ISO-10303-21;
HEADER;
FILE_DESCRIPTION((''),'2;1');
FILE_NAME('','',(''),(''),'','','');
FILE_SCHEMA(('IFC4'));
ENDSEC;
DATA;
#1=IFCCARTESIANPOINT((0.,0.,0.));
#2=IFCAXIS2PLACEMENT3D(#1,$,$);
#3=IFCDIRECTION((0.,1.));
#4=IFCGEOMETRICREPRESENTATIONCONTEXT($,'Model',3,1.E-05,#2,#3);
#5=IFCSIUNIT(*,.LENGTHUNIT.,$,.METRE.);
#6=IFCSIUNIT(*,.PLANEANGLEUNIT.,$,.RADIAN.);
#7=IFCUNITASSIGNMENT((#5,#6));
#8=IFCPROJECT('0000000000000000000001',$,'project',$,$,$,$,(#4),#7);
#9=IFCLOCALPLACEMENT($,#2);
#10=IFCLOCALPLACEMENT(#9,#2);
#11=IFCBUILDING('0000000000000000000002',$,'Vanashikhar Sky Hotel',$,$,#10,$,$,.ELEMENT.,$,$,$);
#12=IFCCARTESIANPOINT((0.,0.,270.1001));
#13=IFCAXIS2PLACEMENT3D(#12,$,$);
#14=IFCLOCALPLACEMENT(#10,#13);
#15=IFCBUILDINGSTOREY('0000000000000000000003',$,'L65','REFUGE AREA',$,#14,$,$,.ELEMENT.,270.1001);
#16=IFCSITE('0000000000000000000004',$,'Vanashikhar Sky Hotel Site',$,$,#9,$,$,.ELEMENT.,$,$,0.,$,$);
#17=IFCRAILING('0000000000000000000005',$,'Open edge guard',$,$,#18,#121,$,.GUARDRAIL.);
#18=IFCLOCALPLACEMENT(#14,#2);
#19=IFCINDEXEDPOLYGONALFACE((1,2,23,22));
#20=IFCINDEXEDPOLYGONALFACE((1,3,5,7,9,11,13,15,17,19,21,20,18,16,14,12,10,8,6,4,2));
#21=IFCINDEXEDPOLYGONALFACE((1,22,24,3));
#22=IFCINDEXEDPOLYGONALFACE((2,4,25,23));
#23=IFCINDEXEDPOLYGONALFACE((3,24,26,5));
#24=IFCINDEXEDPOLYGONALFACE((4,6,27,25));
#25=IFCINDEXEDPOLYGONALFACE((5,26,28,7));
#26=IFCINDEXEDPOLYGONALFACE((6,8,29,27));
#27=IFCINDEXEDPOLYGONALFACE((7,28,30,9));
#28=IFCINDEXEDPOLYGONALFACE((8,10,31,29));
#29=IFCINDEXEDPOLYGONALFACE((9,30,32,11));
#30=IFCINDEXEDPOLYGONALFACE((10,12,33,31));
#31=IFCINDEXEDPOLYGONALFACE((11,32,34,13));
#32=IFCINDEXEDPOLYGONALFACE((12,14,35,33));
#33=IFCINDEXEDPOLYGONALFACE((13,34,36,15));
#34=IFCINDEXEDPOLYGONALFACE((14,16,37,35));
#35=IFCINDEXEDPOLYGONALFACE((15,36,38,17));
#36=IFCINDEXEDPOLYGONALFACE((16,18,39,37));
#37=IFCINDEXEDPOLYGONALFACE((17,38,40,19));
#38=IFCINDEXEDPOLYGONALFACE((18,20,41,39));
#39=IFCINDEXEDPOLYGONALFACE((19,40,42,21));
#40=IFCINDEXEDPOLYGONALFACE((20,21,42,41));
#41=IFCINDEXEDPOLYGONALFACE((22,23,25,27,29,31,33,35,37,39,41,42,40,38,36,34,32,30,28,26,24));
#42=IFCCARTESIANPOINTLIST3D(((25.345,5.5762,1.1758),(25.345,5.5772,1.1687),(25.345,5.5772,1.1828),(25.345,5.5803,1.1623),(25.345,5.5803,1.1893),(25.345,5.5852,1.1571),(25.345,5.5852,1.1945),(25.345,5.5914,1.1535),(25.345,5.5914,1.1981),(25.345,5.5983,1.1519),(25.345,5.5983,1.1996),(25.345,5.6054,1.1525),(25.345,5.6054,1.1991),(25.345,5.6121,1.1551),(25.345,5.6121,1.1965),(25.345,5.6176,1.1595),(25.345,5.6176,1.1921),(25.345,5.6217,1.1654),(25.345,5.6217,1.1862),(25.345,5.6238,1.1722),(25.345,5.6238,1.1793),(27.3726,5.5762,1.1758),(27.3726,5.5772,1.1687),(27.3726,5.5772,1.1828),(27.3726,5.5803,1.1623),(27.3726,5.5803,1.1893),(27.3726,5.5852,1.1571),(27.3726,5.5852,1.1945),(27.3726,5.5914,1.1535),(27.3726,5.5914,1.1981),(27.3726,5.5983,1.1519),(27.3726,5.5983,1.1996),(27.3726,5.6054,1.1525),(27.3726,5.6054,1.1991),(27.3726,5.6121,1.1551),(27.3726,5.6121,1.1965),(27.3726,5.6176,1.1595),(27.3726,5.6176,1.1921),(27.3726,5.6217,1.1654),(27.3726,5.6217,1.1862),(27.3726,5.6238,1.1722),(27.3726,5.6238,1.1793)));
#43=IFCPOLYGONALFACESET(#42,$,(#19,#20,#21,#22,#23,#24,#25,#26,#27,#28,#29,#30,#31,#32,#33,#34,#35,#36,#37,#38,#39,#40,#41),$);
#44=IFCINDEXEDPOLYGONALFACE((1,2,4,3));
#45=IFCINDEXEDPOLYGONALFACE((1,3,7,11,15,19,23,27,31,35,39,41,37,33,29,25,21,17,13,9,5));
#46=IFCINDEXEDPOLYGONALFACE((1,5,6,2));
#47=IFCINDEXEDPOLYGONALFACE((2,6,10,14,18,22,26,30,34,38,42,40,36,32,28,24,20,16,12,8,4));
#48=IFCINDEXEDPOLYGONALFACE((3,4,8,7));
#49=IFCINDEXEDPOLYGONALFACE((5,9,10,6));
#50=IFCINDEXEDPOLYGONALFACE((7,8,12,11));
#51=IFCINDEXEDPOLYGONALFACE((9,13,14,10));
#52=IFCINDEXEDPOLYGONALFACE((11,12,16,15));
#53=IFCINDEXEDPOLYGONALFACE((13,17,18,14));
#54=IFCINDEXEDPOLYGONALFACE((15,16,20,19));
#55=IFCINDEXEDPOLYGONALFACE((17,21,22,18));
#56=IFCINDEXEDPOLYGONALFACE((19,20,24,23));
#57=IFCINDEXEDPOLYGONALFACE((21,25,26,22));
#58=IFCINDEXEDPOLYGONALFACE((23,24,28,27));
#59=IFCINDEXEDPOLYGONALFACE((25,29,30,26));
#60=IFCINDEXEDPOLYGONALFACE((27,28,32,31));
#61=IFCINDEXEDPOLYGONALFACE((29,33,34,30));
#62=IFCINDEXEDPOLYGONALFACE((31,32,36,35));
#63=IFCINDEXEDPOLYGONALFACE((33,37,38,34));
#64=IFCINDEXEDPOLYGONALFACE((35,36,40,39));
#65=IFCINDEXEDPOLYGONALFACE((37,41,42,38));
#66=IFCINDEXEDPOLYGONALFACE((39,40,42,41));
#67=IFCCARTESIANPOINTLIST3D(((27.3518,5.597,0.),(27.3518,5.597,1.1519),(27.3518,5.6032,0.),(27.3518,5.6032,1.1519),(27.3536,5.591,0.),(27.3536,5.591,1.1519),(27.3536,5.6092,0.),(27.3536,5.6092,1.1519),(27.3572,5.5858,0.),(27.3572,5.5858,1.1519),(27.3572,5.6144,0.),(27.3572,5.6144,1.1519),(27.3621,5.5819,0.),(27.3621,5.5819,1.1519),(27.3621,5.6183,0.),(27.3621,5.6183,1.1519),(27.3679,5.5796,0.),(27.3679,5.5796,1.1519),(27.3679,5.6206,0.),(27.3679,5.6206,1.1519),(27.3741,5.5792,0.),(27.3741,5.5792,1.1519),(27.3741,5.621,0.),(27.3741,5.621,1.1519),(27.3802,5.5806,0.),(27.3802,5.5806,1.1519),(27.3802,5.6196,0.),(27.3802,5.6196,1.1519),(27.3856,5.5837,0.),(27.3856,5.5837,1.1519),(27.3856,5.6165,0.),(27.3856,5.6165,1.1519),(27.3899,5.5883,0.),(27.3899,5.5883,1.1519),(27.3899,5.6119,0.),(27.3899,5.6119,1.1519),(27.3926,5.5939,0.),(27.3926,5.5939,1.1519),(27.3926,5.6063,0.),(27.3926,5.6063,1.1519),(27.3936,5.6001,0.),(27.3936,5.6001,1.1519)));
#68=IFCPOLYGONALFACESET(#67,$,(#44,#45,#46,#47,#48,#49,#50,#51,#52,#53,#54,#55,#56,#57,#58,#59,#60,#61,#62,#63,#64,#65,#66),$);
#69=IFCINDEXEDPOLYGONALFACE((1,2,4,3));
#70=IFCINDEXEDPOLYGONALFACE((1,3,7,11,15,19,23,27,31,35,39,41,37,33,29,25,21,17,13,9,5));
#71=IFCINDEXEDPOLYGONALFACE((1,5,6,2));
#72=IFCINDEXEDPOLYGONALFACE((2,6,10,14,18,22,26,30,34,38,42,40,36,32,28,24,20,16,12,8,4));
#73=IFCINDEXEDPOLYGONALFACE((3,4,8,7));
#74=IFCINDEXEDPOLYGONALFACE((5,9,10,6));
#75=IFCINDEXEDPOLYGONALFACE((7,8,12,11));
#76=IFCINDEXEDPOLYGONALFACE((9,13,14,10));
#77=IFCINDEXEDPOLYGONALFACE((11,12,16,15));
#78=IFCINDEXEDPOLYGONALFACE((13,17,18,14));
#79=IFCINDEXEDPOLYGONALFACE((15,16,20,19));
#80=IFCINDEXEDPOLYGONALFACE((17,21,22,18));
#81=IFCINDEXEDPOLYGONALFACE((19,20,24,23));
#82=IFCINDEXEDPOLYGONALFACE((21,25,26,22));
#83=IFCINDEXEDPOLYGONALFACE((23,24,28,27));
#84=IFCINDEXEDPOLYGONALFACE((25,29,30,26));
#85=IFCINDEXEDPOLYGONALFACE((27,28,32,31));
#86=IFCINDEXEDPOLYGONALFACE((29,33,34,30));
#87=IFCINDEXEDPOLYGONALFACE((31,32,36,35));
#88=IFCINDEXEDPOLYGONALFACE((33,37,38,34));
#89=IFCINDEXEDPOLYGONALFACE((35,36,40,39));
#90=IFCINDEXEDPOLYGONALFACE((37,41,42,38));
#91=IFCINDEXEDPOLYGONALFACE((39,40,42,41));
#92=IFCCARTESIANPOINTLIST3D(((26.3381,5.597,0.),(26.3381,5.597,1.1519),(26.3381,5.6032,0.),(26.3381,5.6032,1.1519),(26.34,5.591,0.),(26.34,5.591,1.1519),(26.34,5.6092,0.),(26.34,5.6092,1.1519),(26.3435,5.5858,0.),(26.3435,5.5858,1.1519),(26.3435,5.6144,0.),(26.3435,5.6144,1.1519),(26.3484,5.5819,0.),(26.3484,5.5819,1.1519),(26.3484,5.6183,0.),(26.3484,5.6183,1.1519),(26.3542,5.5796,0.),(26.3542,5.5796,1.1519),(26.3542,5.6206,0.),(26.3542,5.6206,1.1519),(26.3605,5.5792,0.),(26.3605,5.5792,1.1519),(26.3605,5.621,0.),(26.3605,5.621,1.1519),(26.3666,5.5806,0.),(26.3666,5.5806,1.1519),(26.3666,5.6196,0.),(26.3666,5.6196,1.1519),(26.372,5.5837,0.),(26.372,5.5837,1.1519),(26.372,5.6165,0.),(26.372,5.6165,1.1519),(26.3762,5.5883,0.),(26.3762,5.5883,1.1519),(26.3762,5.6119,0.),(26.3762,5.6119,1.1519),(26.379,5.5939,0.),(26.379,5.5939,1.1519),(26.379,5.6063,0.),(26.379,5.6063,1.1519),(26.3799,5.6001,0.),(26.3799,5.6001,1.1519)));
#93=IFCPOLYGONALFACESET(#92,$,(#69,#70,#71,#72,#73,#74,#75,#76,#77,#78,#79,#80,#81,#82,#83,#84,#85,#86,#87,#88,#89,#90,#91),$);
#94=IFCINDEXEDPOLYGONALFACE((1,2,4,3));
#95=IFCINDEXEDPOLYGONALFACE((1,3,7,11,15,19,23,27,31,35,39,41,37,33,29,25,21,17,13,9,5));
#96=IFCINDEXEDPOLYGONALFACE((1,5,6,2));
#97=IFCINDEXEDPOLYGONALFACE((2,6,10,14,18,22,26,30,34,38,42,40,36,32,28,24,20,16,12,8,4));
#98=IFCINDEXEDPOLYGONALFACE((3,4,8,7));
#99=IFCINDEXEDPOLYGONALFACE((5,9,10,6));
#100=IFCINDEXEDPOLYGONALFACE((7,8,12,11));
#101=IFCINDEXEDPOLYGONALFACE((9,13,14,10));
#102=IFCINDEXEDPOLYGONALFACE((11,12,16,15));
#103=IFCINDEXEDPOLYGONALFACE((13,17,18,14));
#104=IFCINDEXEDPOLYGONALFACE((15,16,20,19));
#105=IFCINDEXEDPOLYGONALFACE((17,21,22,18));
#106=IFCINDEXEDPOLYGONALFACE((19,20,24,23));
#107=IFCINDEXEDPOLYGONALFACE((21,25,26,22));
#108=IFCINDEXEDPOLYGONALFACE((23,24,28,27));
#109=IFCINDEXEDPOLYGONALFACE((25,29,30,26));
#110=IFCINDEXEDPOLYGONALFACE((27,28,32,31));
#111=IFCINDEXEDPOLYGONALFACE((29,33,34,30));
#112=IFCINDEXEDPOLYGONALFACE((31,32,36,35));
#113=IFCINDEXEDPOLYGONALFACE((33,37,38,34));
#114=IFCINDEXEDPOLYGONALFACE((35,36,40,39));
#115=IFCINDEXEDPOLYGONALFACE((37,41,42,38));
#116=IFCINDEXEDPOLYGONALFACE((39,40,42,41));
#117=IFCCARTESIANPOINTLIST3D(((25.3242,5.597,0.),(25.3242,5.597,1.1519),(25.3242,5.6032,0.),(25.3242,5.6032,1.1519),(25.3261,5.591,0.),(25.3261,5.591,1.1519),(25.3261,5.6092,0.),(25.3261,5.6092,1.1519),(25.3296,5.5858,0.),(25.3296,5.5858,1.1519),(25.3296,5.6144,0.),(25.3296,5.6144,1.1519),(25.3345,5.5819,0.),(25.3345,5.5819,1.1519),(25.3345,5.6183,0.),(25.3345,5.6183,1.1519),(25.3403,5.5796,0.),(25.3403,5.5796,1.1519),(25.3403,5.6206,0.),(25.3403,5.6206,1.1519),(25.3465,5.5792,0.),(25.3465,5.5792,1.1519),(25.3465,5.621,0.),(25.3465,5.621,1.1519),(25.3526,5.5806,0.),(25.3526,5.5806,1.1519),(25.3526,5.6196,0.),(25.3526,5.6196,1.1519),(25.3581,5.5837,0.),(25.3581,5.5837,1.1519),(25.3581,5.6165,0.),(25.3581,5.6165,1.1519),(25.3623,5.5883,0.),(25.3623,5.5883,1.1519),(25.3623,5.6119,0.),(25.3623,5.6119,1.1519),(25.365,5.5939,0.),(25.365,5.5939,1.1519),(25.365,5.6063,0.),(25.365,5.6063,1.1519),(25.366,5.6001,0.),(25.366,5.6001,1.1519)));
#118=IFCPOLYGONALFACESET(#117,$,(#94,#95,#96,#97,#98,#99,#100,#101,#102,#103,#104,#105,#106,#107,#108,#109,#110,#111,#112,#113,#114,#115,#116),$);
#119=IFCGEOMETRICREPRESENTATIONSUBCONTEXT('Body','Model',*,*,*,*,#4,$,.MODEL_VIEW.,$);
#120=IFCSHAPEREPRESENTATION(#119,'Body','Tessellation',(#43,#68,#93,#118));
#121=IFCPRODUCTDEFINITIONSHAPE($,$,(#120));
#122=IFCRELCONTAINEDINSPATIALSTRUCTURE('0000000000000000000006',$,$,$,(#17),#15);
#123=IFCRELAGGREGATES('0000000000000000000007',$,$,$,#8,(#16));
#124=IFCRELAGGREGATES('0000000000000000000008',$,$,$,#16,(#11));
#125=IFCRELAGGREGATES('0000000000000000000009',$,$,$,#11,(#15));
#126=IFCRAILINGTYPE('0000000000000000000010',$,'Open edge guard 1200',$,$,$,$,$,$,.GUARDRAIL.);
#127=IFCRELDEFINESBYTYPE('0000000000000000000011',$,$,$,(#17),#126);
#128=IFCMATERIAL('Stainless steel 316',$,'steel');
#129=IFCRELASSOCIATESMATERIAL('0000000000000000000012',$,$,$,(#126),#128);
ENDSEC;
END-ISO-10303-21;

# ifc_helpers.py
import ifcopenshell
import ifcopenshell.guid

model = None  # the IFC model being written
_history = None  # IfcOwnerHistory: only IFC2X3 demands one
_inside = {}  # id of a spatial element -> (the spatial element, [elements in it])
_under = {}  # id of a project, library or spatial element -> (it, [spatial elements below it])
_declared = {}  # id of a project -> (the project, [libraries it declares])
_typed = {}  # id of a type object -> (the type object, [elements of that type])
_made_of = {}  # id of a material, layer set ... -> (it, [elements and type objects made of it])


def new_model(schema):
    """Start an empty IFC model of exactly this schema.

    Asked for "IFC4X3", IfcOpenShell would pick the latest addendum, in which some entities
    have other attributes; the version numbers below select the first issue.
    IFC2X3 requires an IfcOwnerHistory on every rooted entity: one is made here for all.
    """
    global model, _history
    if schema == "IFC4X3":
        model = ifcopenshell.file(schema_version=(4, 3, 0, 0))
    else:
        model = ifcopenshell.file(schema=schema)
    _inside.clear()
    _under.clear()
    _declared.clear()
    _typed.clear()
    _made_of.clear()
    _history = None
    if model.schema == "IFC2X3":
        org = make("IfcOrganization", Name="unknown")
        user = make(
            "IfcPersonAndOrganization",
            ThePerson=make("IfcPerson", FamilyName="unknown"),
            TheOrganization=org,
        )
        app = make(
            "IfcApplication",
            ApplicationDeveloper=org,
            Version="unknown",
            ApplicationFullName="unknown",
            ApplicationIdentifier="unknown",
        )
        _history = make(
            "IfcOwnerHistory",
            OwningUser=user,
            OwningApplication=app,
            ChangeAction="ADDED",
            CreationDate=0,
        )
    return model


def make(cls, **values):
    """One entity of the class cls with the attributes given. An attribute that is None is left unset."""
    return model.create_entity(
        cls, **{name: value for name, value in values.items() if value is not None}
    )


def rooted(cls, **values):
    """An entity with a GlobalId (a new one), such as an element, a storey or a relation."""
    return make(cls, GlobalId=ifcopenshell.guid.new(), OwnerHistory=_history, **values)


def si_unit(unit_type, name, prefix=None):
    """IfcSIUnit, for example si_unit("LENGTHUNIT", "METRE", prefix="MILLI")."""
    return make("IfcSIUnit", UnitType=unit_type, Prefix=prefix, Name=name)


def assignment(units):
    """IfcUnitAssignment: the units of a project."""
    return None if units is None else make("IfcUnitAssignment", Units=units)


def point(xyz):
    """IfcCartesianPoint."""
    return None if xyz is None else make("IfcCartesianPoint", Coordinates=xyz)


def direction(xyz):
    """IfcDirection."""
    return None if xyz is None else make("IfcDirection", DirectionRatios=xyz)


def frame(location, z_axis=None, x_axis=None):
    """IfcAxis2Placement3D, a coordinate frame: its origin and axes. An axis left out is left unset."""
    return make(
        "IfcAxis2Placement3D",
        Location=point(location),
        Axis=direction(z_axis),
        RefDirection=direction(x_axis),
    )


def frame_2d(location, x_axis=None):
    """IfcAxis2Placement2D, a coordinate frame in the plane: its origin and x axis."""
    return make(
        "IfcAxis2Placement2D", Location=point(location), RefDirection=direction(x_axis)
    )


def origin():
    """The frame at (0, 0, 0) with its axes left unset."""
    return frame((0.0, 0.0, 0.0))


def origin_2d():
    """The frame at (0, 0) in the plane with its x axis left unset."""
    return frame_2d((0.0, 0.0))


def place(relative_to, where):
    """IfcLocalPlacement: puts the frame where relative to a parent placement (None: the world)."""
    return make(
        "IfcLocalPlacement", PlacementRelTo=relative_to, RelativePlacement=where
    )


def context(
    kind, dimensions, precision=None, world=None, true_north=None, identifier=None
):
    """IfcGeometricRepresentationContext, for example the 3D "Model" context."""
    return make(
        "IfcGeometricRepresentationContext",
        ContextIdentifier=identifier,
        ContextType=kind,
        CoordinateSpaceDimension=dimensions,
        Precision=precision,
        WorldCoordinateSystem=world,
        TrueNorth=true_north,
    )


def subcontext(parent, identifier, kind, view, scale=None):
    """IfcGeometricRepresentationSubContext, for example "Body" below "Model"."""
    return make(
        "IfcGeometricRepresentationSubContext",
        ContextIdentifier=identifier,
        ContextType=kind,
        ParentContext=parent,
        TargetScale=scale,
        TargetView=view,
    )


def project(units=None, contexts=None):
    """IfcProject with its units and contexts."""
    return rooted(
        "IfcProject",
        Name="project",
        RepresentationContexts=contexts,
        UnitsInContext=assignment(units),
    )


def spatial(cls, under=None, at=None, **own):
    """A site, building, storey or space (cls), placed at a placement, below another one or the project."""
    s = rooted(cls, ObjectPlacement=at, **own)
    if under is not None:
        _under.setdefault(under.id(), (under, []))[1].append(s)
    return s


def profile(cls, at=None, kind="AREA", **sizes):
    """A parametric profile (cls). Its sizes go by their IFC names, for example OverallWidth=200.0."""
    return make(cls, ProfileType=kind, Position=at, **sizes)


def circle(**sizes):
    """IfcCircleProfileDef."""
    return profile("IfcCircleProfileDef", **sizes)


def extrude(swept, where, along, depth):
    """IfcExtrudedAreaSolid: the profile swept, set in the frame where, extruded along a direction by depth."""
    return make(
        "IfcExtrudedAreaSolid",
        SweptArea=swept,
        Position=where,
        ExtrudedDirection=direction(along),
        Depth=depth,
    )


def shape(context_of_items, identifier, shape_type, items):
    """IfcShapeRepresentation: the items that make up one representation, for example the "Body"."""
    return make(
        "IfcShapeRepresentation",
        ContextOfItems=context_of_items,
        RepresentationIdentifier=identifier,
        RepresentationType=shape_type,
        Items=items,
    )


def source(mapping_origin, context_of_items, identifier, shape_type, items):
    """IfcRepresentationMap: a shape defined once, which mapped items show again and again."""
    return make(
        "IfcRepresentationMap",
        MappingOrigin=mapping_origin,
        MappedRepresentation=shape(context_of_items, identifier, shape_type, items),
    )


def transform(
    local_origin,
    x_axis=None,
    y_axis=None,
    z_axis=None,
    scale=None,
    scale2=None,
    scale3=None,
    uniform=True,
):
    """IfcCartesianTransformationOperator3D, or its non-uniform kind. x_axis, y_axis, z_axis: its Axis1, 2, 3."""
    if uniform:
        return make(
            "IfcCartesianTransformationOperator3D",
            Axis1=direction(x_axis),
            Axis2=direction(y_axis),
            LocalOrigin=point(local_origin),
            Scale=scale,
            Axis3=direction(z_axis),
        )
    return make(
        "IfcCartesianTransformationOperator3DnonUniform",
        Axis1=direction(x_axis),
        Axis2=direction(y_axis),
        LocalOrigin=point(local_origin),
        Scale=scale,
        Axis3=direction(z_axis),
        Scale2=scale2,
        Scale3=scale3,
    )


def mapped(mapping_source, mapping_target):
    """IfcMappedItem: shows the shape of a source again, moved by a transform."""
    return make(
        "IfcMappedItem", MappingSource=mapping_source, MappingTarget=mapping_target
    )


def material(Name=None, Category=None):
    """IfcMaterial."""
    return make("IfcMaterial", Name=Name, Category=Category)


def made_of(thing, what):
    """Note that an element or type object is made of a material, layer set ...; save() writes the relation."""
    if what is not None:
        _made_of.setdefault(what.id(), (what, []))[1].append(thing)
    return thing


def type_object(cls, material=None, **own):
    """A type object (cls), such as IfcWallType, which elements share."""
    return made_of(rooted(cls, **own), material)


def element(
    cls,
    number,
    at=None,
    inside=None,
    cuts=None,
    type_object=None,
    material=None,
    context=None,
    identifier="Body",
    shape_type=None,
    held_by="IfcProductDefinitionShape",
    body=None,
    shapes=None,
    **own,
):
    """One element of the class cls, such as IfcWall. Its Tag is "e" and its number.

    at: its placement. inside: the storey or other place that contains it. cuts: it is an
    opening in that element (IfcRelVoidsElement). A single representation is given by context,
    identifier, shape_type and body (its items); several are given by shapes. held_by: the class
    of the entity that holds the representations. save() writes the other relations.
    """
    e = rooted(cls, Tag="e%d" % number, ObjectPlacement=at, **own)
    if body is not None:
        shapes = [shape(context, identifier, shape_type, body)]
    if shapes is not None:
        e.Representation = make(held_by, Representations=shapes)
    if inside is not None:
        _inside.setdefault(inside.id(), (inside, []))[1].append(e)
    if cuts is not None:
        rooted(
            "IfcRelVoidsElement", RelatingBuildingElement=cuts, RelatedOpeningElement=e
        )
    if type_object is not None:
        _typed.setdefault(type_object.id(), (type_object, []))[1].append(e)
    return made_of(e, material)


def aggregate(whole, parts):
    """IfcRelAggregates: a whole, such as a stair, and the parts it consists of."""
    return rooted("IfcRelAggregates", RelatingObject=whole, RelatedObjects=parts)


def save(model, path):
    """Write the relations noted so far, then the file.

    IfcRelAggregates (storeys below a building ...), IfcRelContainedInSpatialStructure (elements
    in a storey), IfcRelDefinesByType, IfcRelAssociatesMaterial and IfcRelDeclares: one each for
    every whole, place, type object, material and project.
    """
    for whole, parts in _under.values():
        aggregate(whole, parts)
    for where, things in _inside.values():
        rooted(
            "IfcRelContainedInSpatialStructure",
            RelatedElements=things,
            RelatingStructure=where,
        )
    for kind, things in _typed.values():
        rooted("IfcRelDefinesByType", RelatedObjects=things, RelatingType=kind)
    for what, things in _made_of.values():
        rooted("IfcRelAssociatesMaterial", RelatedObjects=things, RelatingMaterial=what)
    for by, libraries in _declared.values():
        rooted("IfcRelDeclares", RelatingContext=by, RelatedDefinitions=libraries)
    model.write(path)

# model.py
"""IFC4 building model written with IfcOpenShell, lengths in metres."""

from ifc_helpers import new_model, si_unit, direction, frame, origin, origin_2d, place, context, subcontext, project, spatial, circle, extrude, source, transform, mapped, material, type_object, element, save


model = new_model("IFC4")

# Units and contexts
model_context = context("Model", 3, precision=1e-05, world=origin(), true_north=direction((0.0, 1.0)))
body_context = subcontext(model_context, "Body", "Model", "MODEL_VIEW")
ifc_project = project(units=[si_unit("LENGTHUNIT", "METRE"), si_unit("PLANEANGLEUNIT", "RADIAN")], contexts=[model_context])

# Site, building, storey
site_placement = place(None, origin())
site = spatial("IfcSite", under=ifc_project, at=site_placement, Name="Vanashikhar Sky Hotel Site", CompositionType="ELEMENT", RefElevation=0.0)
building_placement = place(site_placement, origin())
building = spatial("IfcBuilding", under=site, at=building_placement, Name="Vanashikhar Sky Hotel", CompositionType="ELEMENT")
storey_placement = place(building_placement, frame((0.0, 0.0, 270.1001)))
storey = spatial("IfcBuildingStorey", under=building, at=storey_placement, Name="L65", Description="REFUGE AREA", CompositionType="ELEMENT", Elevation=270.1001)

# Railing
ifc_material_1 = material(Name="Stainless steel 316", Category="steel")
railing_type = type_object("IfcRailingType", Name="Open edge guard 1200", PredefinedType="GUARDRAIL", material=ifc_material_1)
shared_shape_1 = source(origin(), body_context, "Body", "SweptSolid", [
    extrude(circle(Radius=0.0239, at=origin_2d()), frame((0.0, 0.0, 1.1758), z_axis=(-1.0, 0.0, 0.0), x_axis=(0.0, -1.0, 0.0)), (0.0, 0.0, 1.0), 2.0276),
    extrude(circle(Radius=0.021, at=origin_2d()), origin(), (0.0, 0.0, 1.0), 1.1519),
    extrude(circle(Radius=0.021, at=origin_2d()), frame((-1.0137, 0.0, 0.0)), (0.0, 0.0, 1.0), 1.1519),
    extrude(circle(Radius=0.021, at=origin_2d()), frame((-2.0276, 0.0, 0.0)), (0.0, 0.0, 1.0), 1.1519),
])
railing_1_placement = place(storey_placement, frame((27.3726, 5.6001, 0.0)))
element("IfcRailing", 1, at=railing_1_placement, inside=storey, type_object=railing_type, Name="Open edge guard", PredefinedType="GUARDRAIL", context=body_context, shape_type="MappedRepresentation", body=[
    mapped(shared_shape_1, transform((0.0, 0.0, 0.0), scale=1.0)),
])

save(model, "model.ifc")
